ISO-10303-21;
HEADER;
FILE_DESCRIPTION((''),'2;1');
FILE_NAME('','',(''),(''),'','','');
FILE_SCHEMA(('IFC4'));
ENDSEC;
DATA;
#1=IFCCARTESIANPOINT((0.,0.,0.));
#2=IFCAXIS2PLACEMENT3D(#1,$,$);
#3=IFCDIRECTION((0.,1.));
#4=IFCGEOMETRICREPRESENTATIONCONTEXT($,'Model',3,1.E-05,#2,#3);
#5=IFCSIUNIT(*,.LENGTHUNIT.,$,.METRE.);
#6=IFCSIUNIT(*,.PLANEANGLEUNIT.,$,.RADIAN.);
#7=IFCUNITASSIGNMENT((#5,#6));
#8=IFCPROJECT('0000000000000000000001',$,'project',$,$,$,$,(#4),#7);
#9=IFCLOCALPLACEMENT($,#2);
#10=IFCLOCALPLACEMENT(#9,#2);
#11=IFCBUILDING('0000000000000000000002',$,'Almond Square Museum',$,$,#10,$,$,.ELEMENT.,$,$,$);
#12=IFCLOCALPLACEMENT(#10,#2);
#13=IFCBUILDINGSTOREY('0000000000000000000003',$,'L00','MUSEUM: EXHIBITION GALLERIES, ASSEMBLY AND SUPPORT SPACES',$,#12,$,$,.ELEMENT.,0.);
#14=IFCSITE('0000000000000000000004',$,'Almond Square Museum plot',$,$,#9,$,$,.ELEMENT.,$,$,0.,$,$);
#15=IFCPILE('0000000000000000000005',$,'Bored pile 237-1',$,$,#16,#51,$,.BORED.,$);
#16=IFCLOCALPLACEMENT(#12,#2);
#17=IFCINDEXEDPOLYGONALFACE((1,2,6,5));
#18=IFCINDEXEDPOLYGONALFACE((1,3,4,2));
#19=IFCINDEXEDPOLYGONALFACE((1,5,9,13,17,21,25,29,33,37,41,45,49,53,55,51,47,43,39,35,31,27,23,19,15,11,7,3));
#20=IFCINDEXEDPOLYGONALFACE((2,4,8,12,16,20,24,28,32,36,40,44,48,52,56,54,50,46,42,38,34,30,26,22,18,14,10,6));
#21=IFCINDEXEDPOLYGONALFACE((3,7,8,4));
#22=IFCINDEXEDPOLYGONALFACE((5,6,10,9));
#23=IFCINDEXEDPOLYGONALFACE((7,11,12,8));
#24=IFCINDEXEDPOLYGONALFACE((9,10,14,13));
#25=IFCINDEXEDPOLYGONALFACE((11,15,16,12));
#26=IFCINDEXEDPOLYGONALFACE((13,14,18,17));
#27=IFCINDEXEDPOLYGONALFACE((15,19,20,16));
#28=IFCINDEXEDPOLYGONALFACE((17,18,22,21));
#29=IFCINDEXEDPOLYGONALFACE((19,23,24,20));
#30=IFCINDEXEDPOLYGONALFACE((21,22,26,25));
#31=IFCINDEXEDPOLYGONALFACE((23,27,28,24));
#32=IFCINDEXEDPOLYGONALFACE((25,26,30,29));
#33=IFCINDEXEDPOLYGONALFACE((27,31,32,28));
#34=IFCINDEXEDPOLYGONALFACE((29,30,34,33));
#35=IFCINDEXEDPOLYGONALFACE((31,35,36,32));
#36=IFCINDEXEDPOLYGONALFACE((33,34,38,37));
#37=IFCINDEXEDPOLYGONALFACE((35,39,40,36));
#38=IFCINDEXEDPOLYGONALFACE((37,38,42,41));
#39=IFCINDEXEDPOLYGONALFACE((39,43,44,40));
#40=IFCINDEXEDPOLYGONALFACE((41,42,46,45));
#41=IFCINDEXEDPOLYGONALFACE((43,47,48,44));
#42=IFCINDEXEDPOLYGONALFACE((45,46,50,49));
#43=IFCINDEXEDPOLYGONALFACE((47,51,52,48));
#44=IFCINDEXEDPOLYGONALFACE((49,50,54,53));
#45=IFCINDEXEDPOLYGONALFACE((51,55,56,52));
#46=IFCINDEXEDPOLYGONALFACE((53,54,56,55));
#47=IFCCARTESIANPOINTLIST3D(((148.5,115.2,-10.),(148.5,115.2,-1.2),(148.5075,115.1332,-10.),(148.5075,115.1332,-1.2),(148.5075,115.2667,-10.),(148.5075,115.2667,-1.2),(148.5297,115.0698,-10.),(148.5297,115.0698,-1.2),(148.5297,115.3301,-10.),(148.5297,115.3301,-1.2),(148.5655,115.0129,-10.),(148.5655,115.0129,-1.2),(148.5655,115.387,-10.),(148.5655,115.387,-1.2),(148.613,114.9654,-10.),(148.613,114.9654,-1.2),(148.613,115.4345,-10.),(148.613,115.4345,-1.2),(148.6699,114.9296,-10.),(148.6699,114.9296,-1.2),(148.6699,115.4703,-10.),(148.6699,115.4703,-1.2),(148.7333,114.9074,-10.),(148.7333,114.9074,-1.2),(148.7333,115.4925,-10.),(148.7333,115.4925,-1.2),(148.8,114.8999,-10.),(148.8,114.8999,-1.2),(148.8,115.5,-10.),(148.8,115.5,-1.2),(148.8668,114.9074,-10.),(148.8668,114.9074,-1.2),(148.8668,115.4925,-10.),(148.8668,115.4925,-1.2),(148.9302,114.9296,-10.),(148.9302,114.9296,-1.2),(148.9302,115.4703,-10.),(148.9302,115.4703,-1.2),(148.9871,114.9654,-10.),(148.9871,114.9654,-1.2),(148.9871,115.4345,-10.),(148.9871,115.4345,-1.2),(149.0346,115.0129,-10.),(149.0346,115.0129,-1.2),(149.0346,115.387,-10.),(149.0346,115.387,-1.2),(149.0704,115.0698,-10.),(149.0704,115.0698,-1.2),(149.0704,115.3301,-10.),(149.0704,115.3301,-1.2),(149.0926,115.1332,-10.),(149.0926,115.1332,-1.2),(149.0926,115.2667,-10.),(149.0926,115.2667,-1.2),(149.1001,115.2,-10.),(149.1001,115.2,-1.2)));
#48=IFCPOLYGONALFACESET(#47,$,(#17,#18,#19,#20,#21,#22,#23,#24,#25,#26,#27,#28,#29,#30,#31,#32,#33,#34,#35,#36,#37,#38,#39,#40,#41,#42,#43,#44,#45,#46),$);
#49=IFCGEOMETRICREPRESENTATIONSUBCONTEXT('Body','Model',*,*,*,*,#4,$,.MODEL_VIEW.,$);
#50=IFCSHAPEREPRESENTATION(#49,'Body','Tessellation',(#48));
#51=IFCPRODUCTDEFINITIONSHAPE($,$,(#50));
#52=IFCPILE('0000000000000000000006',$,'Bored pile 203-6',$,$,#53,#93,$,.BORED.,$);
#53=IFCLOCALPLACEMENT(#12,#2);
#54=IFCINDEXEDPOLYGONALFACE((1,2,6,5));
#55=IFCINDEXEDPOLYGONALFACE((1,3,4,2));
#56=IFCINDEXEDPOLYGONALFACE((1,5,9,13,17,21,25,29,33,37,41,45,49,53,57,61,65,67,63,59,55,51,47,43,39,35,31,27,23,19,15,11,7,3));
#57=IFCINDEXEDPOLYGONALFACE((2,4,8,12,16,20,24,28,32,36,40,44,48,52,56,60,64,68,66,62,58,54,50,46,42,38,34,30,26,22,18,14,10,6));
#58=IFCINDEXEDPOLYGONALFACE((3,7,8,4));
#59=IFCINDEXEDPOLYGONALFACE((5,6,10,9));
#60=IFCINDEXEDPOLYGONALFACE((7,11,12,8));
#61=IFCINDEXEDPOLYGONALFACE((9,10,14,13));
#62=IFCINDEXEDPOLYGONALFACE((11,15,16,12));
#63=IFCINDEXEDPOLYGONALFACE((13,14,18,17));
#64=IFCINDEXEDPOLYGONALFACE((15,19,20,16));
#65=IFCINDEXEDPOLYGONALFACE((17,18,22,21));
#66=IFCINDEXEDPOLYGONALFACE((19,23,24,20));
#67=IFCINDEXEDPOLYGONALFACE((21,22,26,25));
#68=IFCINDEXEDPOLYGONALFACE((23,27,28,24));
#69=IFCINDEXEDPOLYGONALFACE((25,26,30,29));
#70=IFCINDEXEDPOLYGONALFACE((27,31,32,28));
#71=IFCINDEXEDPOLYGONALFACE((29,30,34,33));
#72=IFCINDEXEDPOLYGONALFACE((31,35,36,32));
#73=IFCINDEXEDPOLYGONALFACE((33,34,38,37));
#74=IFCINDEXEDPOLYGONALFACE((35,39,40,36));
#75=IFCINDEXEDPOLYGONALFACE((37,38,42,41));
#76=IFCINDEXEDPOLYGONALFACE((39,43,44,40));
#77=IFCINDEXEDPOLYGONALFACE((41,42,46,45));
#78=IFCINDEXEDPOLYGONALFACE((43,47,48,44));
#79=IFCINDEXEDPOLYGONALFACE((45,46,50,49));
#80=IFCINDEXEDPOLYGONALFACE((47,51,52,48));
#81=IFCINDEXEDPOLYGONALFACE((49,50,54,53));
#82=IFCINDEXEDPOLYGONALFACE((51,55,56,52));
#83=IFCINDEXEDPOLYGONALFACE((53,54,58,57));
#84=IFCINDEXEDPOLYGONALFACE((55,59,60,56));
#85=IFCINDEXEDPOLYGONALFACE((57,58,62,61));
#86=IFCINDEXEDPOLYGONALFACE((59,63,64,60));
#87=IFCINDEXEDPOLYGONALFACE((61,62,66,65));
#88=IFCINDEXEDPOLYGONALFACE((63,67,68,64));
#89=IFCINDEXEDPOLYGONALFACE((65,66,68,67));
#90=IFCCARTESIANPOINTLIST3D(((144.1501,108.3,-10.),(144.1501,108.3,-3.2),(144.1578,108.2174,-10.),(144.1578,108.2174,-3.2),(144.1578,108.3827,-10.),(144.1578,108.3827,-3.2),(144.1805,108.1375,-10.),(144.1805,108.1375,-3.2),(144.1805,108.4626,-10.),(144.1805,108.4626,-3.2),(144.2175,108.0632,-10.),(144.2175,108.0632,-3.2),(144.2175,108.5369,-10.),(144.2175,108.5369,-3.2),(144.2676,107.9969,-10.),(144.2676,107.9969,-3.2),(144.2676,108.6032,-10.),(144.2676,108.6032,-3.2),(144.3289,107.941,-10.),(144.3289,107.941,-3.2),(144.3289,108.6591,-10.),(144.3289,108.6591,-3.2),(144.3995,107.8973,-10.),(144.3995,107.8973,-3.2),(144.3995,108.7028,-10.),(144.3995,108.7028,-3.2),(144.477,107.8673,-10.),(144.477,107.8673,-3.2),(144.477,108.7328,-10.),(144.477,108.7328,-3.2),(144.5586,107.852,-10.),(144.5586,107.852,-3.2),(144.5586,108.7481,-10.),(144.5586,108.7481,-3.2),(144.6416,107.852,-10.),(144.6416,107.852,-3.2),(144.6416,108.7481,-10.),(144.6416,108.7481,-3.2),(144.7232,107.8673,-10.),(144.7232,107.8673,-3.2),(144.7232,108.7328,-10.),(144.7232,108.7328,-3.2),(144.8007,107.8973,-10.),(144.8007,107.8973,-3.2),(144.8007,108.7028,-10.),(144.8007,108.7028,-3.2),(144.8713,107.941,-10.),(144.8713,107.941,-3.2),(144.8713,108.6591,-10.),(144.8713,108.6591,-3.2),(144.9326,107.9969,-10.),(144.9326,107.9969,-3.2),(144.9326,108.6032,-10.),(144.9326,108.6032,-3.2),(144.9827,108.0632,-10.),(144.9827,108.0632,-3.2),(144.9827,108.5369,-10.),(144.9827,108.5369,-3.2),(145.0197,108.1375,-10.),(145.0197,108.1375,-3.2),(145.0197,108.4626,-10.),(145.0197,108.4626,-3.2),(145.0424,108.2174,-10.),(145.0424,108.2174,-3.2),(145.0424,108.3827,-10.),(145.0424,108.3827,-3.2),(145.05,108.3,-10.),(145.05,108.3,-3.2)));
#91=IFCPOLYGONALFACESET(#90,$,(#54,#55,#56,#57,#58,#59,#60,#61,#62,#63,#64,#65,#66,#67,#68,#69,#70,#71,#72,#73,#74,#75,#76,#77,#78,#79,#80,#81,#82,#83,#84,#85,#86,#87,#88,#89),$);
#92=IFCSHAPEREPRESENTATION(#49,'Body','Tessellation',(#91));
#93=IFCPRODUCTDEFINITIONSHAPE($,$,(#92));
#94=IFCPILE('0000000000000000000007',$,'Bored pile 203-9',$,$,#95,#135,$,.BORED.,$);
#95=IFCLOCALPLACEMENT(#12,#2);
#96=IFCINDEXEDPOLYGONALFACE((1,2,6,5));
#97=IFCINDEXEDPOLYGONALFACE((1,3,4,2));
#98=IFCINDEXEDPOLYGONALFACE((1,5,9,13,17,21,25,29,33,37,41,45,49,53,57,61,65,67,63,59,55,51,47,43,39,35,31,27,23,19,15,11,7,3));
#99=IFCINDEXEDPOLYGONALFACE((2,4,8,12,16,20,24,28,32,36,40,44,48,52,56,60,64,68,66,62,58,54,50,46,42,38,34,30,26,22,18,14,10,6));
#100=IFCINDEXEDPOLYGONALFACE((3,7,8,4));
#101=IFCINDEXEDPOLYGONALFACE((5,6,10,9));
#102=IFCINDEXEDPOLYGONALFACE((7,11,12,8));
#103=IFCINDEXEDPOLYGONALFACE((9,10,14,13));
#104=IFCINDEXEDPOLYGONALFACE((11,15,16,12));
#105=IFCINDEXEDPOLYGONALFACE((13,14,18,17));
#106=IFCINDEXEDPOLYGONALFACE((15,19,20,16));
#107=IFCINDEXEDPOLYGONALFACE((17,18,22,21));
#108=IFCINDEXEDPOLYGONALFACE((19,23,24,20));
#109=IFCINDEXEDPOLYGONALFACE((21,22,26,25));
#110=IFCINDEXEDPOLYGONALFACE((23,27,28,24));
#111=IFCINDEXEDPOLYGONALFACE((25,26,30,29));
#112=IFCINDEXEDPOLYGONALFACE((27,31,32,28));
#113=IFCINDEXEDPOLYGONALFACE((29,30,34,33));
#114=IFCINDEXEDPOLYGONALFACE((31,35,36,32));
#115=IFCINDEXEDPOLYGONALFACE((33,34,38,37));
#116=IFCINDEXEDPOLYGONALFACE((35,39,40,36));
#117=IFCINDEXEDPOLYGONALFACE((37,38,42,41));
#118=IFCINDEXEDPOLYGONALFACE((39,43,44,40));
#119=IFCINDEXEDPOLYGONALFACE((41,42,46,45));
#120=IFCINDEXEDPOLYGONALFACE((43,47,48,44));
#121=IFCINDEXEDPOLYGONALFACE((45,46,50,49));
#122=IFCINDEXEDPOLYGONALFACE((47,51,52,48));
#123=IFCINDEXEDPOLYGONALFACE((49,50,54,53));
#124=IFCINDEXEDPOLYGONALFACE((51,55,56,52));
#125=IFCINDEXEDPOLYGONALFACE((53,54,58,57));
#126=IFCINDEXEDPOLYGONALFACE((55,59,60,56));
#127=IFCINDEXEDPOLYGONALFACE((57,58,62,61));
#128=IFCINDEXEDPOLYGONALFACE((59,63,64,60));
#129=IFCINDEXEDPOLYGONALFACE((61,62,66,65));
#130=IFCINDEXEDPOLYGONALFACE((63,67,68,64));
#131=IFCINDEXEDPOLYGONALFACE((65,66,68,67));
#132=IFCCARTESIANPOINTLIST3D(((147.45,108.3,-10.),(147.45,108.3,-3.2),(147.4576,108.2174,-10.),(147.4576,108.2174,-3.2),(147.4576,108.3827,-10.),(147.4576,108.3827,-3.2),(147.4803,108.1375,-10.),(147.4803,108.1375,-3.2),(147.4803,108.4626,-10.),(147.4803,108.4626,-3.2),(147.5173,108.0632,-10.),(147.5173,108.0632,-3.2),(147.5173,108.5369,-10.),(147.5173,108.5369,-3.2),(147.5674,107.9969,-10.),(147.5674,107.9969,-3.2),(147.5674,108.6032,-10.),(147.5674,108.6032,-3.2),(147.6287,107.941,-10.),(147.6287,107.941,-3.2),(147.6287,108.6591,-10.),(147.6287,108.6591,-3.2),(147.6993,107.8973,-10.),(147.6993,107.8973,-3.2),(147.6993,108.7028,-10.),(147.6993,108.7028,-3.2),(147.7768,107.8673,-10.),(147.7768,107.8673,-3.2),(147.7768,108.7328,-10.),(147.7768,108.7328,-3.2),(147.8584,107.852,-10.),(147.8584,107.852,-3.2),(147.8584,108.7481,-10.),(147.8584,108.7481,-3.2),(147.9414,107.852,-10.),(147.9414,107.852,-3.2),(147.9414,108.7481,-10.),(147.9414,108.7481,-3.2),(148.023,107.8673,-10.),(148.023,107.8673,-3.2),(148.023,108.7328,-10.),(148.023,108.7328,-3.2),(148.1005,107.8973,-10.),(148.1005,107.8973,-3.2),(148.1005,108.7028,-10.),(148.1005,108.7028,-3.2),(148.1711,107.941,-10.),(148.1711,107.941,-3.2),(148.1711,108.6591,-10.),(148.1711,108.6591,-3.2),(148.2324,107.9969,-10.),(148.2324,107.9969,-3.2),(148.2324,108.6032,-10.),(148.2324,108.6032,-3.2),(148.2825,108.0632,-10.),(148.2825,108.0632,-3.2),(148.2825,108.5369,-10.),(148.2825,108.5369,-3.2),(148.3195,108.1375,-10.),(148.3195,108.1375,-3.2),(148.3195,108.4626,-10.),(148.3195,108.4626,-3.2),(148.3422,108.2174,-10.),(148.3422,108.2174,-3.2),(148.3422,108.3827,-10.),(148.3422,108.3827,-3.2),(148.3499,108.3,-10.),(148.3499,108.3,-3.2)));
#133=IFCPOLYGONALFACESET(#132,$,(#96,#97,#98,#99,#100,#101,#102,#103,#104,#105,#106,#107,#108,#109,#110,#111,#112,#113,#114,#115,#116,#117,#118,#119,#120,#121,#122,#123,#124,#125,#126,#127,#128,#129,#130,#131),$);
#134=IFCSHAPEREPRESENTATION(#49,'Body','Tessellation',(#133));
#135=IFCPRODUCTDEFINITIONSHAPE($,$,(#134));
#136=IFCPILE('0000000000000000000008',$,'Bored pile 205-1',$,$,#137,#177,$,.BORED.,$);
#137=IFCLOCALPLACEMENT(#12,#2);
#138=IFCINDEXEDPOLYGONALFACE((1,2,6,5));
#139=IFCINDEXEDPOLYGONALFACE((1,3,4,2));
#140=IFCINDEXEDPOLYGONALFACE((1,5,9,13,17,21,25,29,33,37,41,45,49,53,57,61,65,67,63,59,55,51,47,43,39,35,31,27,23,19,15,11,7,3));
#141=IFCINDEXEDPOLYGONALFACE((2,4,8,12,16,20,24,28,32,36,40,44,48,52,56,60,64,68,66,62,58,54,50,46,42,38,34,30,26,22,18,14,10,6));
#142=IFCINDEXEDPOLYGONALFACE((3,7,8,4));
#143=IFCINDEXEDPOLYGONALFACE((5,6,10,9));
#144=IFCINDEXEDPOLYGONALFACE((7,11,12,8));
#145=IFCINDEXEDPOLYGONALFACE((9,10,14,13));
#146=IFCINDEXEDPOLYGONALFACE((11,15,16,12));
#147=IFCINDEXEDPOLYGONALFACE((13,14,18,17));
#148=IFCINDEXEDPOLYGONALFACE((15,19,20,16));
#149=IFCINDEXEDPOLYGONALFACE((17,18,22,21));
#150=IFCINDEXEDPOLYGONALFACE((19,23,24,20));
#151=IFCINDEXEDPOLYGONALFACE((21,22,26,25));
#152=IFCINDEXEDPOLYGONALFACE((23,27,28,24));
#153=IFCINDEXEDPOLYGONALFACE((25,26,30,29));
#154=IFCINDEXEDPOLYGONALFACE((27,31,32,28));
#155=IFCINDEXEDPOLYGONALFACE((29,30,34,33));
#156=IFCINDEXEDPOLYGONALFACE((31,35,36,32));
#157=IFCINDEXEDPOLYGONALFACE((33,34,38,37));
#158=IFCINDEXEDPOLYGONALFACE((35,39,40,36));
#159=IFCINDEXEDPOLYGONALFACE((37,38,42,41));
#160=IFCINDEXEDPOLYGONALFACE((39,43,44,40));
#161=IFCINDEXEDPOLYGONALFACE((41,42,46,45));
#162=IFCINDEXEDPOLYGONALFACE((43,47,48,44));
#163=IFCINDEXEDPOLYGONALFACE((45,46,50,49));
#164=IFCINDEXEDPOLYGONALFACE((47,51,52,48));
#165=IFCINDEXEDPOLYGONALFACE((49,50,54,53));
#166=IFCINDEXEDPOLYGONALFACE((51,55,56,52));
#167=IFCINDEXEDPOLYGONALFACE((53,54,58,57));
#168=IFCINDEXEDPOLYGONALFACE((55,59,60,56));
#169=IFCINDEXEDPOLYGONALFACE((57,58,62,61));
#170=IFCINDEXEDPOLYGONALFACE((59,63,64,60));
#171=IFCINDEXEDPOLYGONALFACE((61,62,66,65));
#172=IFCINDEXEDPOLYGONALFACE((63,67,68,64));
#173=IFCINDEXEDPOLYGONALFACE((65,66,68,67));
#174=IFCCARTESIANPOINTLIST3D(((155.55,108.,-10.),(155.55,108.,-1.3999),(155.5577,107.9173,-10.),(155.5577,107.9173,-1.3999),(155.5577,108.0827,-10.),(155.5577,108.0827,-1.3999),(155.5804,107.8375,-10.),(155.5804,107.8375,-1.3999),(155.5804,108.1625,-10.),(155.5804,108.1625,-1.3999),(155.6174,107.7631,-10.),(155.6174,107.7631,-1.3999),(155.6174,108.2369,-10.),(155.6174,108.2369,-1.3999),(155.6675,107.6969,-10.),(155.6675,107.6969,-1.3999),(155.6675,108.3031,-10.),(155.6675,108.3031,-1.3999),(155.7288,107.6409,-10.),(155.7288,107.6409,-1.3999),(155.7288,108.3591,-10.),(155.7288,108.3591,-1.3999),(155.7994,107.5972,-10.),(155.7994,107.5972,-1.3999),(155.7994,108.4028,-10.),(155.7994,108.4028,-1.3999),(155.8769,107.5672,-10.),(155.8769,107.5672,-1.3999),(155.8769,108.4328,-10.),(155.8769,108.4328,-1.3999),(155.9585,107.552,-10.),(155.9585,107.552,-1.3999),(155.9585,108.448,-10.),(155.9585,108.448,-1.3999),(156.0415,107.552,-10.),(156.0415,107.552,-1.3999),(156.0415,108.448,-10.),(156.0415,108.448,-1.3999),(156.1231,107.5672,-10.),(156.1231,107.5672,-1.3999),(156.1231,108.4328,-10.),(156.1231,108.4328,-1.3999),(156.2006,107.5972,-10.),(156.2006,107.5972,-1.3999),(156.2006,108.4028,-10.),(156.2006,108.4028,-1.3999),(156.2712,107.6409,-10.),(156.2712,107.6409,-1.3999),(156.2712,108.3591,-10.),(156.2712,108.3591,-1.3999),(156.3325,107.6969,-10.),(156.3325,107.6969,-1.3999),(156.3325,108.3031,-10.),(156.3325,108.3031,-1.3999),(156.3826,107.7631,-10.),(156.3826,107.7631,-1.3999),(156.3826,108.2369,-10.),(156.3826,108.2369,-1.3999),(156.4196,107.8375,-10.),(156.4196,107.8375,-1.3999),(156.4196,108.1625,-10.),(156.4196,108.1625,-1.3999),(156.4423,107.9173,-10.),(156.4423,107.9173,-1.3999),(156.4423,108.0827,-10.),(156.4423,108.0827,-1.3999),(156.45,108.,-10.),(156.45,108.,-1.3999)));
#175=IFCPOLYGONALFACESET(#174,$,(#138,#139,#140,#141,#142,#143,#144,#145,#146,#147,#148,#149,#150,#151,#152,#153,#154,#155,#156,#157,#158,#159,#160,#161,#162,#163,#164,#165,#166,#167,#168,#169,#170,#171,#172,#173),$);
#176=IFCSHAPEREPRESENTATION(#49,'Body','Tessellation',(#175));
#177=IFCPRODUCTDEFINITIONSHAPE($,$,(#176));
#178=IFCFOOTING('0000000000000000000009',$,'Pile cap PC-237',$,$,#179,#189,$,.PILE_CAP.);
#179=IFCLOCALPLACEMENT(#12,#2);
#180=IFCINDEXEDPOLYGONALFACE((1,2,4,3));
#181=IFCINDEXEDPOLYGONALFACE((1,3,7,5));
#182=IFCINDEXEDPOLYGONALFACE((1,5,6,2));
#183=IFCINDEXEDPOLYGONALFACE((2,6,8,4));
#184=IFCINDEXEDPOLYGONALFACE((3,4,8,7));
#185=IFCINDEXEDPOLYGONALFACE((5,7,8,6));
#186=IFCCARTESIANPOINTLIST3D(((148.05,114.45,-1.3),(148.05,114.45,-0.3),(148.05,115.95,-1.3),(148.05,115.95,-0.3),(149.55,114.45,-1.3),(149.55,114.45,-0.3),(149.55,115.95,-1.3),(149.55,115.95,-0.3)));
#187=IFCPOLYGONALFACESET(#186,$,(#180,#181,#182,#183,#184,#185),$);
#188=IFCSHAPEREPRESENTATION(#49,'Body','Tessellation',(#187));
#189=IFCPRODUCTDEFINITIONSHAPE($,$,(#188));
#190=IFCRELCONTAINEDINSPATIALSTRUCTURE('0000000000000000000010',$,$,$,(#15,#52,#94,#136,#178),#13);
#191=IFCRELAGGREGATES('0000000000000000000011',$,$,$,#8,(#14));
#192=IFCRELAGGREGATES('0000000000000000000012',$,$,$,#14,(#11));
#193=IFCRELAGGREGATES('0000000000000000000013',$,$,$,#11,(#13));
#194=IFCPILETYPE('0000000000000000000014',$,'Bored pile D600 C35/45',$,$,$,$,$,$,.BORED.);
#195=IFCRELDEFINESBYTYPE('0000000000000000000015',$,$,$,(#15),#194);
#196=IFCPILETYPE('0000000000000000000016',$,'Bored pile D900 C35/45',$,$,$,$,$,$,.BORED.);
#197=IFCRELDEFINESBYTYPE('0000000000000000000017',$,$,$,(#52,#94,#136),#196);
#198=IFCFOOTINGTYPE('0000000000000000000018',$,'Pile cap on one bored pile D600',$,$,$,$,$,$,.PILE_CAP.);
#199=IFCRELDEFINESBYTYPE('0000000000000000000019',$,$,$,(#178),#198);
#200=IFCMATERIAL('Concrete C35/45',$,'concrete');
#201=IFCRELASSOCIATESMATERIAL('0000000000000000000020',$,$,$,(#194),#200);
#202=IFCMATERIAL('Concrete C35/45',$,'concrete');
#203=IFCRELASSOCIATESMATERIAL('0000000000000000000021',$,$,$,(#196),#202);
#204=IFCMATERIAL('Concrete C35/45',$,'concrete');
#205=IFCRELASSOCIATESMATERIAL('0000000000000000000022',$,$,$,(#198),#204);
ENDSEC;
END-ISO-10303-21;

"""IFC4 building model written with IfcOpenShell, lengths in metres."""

from ifc_helpers import new_model, si_unit, direction, frame, origin, origin_2d, place, context, subcontext, project, spatial, rectangle, circle, extrude, material, material_profile, profile_set, type_object, element, save


model = new_model("IFC4")

# Units and contexts
model_context = context("Model", 3, precision=1e-05, world=origin(), true_north=direction((0.0, 1.0)))
body_context = subcontext(model_context, "Body", "Model", "MODEL_VIEW")
ifc_project = project(units=[si_unit("LENGTHUNIT", "METRE"), si_unit("PLANEANGLEUNIT", "RADIAN")], contexts=[model_context])

# Site, building, storey
site_placement = place(None, origin())
site = spatial("IfcSite", under=ifc_project, at=site_placement, Name="Almond Square Museum plot", CompositionType="ELEMENT", RefElevation=0.0)
building_placement = place(site_placement, origin())
building = spatial("IfcBuilding", under=site, at=building_placement, Name="Almond Square Museum", CompositionType="ELEMENT")
storey_placement = place(building_placement, origin())
storey = spatial("IfcBuildingStorey", under=building, at=storey_placement, Name="L00", Description="MUSEUM: EXHIBITION GALLERIES, ASSEMBLY AND SUPPORT SPACES", CompositionType="ELEMENT", Elevation=0.0)

# Piles
ifc_material_1 = material(Name="Concrete C35/45", Category="concrete")
ifc_material_profile_1 = material_profile(ifc_material_1, circle(Radius=0.3, at=origin_2d()))
ifc_profile_set_1 = profile_set([ifc_material_profile_1], Name="Concrete C35/45")
pile_type_1 = type_object("IfcPileType", Name="Bored pile D600 C35/45", PredefinedType="BORED", material=ifc_profile_set_1)
pile_1_placement = place(storey_placement, frame((148.8, 115.2, -1.2), z_axis=(0.0, 0.0, -1.0), x_axis=(1.0, 0.0, 0.0)))
element("IfcPile", 1, at=pile_1_placement, inside=storey, type_object=pile_type_1, Name="Bored pile 237-1", PredefinedType="BORED", context=body_context, shape_type="SweptSolid", body=[
    extrude(circle(Radius=0.3, at=origin_2d()), origin(), (0.0, 0.0, 1.0), 8.8),
])
ifc_material_2 = material(Name="Concrete C35/45", Category="concrete")
ifc_material_profile_2 = material_profile(ifc_material_2, circle(Radius=0.45, at=origin_2d()))
ifc_profile_set_2 = profile_set([ifc_material_profile_2], Name="Concrete C35/45")
pile_type_2 = type_object("IfcPileType", Name="Bored pile D900 C35/45", PredefinedType="BORED", material=ifc_profile_set_2)
for number, where, z_axis, x_axis, name in (
    (2, (144.6001, 108.3, -3.2), (0.0, 0.0, -1.0), (1.0, 0.0, 0.0), "Bored pile 203-6"),
    (3, (147.8999, 108.3, -3.2), (0.0, 0.0, -1.0), (1.0, 0.0, 0.0), "Bored pile 203-9"),
):
    element("IfcPile", number, at=place(storey_placement, frame(where, z_axis=z_axis, x_axis=x_axis)), inside=storey, type_object=pile_type_2, Name=name, PredefinedType="BORED", context=body_context, shape_type="SweptSolid", body=[
        extrude(circle(Radius=0.45, at=origin_2d()), origin(), (0.0, 0.0, 1.0), 6.8),
    ])
pile_2_placement = place(storey_placement, frame((156.0, 108.0, -1.3999), z_axis=(0.0, 0.0, -1.0), x_axis=(1.0, 0.0, 0.0)))
element("IfcPile", 4, at=pile_2_placement, inside=storey, type_object=pile_type_2, Name="Bored pile 205-1", PredefinedType="BORED", context=body_context, shape_type="SweptSolid", body=[
    extrude(circle(Radius=0.45, at=origin_2d()), origin(), (0.0, 0.0, 1.0), 8.6001),
])

# Footing
ifc_material_3 = material(Name="Concrete C35/45", Category="concrete")
footing_type = type_object("IfcFootingType", Name="Pile cap on one bored pile D600", PredefinedType="PILE_CAP", material=ifc_material_3)
footing_placement = place(storey_placement, frame((148.8, 115.2, -1.3), z_axis=(0.0, 0.0, 1.0), x_axis=(1.0, 0.0, 0.0)))
element("IfcFooting", 5, at=footing_placement, inside=storey, type_object=footing_type, Name="Pile cap PC-237", PredefinedType="PILE_CAP", context=body_context, shape_type="SweptSolid", body=[
    extrude(rectangle(XDim=1.5, YDim=1.5, at=origin_2d()), origin(), (0.0, 0.0, 1.0), 1.0),
])

save(model, "model.ifc")
